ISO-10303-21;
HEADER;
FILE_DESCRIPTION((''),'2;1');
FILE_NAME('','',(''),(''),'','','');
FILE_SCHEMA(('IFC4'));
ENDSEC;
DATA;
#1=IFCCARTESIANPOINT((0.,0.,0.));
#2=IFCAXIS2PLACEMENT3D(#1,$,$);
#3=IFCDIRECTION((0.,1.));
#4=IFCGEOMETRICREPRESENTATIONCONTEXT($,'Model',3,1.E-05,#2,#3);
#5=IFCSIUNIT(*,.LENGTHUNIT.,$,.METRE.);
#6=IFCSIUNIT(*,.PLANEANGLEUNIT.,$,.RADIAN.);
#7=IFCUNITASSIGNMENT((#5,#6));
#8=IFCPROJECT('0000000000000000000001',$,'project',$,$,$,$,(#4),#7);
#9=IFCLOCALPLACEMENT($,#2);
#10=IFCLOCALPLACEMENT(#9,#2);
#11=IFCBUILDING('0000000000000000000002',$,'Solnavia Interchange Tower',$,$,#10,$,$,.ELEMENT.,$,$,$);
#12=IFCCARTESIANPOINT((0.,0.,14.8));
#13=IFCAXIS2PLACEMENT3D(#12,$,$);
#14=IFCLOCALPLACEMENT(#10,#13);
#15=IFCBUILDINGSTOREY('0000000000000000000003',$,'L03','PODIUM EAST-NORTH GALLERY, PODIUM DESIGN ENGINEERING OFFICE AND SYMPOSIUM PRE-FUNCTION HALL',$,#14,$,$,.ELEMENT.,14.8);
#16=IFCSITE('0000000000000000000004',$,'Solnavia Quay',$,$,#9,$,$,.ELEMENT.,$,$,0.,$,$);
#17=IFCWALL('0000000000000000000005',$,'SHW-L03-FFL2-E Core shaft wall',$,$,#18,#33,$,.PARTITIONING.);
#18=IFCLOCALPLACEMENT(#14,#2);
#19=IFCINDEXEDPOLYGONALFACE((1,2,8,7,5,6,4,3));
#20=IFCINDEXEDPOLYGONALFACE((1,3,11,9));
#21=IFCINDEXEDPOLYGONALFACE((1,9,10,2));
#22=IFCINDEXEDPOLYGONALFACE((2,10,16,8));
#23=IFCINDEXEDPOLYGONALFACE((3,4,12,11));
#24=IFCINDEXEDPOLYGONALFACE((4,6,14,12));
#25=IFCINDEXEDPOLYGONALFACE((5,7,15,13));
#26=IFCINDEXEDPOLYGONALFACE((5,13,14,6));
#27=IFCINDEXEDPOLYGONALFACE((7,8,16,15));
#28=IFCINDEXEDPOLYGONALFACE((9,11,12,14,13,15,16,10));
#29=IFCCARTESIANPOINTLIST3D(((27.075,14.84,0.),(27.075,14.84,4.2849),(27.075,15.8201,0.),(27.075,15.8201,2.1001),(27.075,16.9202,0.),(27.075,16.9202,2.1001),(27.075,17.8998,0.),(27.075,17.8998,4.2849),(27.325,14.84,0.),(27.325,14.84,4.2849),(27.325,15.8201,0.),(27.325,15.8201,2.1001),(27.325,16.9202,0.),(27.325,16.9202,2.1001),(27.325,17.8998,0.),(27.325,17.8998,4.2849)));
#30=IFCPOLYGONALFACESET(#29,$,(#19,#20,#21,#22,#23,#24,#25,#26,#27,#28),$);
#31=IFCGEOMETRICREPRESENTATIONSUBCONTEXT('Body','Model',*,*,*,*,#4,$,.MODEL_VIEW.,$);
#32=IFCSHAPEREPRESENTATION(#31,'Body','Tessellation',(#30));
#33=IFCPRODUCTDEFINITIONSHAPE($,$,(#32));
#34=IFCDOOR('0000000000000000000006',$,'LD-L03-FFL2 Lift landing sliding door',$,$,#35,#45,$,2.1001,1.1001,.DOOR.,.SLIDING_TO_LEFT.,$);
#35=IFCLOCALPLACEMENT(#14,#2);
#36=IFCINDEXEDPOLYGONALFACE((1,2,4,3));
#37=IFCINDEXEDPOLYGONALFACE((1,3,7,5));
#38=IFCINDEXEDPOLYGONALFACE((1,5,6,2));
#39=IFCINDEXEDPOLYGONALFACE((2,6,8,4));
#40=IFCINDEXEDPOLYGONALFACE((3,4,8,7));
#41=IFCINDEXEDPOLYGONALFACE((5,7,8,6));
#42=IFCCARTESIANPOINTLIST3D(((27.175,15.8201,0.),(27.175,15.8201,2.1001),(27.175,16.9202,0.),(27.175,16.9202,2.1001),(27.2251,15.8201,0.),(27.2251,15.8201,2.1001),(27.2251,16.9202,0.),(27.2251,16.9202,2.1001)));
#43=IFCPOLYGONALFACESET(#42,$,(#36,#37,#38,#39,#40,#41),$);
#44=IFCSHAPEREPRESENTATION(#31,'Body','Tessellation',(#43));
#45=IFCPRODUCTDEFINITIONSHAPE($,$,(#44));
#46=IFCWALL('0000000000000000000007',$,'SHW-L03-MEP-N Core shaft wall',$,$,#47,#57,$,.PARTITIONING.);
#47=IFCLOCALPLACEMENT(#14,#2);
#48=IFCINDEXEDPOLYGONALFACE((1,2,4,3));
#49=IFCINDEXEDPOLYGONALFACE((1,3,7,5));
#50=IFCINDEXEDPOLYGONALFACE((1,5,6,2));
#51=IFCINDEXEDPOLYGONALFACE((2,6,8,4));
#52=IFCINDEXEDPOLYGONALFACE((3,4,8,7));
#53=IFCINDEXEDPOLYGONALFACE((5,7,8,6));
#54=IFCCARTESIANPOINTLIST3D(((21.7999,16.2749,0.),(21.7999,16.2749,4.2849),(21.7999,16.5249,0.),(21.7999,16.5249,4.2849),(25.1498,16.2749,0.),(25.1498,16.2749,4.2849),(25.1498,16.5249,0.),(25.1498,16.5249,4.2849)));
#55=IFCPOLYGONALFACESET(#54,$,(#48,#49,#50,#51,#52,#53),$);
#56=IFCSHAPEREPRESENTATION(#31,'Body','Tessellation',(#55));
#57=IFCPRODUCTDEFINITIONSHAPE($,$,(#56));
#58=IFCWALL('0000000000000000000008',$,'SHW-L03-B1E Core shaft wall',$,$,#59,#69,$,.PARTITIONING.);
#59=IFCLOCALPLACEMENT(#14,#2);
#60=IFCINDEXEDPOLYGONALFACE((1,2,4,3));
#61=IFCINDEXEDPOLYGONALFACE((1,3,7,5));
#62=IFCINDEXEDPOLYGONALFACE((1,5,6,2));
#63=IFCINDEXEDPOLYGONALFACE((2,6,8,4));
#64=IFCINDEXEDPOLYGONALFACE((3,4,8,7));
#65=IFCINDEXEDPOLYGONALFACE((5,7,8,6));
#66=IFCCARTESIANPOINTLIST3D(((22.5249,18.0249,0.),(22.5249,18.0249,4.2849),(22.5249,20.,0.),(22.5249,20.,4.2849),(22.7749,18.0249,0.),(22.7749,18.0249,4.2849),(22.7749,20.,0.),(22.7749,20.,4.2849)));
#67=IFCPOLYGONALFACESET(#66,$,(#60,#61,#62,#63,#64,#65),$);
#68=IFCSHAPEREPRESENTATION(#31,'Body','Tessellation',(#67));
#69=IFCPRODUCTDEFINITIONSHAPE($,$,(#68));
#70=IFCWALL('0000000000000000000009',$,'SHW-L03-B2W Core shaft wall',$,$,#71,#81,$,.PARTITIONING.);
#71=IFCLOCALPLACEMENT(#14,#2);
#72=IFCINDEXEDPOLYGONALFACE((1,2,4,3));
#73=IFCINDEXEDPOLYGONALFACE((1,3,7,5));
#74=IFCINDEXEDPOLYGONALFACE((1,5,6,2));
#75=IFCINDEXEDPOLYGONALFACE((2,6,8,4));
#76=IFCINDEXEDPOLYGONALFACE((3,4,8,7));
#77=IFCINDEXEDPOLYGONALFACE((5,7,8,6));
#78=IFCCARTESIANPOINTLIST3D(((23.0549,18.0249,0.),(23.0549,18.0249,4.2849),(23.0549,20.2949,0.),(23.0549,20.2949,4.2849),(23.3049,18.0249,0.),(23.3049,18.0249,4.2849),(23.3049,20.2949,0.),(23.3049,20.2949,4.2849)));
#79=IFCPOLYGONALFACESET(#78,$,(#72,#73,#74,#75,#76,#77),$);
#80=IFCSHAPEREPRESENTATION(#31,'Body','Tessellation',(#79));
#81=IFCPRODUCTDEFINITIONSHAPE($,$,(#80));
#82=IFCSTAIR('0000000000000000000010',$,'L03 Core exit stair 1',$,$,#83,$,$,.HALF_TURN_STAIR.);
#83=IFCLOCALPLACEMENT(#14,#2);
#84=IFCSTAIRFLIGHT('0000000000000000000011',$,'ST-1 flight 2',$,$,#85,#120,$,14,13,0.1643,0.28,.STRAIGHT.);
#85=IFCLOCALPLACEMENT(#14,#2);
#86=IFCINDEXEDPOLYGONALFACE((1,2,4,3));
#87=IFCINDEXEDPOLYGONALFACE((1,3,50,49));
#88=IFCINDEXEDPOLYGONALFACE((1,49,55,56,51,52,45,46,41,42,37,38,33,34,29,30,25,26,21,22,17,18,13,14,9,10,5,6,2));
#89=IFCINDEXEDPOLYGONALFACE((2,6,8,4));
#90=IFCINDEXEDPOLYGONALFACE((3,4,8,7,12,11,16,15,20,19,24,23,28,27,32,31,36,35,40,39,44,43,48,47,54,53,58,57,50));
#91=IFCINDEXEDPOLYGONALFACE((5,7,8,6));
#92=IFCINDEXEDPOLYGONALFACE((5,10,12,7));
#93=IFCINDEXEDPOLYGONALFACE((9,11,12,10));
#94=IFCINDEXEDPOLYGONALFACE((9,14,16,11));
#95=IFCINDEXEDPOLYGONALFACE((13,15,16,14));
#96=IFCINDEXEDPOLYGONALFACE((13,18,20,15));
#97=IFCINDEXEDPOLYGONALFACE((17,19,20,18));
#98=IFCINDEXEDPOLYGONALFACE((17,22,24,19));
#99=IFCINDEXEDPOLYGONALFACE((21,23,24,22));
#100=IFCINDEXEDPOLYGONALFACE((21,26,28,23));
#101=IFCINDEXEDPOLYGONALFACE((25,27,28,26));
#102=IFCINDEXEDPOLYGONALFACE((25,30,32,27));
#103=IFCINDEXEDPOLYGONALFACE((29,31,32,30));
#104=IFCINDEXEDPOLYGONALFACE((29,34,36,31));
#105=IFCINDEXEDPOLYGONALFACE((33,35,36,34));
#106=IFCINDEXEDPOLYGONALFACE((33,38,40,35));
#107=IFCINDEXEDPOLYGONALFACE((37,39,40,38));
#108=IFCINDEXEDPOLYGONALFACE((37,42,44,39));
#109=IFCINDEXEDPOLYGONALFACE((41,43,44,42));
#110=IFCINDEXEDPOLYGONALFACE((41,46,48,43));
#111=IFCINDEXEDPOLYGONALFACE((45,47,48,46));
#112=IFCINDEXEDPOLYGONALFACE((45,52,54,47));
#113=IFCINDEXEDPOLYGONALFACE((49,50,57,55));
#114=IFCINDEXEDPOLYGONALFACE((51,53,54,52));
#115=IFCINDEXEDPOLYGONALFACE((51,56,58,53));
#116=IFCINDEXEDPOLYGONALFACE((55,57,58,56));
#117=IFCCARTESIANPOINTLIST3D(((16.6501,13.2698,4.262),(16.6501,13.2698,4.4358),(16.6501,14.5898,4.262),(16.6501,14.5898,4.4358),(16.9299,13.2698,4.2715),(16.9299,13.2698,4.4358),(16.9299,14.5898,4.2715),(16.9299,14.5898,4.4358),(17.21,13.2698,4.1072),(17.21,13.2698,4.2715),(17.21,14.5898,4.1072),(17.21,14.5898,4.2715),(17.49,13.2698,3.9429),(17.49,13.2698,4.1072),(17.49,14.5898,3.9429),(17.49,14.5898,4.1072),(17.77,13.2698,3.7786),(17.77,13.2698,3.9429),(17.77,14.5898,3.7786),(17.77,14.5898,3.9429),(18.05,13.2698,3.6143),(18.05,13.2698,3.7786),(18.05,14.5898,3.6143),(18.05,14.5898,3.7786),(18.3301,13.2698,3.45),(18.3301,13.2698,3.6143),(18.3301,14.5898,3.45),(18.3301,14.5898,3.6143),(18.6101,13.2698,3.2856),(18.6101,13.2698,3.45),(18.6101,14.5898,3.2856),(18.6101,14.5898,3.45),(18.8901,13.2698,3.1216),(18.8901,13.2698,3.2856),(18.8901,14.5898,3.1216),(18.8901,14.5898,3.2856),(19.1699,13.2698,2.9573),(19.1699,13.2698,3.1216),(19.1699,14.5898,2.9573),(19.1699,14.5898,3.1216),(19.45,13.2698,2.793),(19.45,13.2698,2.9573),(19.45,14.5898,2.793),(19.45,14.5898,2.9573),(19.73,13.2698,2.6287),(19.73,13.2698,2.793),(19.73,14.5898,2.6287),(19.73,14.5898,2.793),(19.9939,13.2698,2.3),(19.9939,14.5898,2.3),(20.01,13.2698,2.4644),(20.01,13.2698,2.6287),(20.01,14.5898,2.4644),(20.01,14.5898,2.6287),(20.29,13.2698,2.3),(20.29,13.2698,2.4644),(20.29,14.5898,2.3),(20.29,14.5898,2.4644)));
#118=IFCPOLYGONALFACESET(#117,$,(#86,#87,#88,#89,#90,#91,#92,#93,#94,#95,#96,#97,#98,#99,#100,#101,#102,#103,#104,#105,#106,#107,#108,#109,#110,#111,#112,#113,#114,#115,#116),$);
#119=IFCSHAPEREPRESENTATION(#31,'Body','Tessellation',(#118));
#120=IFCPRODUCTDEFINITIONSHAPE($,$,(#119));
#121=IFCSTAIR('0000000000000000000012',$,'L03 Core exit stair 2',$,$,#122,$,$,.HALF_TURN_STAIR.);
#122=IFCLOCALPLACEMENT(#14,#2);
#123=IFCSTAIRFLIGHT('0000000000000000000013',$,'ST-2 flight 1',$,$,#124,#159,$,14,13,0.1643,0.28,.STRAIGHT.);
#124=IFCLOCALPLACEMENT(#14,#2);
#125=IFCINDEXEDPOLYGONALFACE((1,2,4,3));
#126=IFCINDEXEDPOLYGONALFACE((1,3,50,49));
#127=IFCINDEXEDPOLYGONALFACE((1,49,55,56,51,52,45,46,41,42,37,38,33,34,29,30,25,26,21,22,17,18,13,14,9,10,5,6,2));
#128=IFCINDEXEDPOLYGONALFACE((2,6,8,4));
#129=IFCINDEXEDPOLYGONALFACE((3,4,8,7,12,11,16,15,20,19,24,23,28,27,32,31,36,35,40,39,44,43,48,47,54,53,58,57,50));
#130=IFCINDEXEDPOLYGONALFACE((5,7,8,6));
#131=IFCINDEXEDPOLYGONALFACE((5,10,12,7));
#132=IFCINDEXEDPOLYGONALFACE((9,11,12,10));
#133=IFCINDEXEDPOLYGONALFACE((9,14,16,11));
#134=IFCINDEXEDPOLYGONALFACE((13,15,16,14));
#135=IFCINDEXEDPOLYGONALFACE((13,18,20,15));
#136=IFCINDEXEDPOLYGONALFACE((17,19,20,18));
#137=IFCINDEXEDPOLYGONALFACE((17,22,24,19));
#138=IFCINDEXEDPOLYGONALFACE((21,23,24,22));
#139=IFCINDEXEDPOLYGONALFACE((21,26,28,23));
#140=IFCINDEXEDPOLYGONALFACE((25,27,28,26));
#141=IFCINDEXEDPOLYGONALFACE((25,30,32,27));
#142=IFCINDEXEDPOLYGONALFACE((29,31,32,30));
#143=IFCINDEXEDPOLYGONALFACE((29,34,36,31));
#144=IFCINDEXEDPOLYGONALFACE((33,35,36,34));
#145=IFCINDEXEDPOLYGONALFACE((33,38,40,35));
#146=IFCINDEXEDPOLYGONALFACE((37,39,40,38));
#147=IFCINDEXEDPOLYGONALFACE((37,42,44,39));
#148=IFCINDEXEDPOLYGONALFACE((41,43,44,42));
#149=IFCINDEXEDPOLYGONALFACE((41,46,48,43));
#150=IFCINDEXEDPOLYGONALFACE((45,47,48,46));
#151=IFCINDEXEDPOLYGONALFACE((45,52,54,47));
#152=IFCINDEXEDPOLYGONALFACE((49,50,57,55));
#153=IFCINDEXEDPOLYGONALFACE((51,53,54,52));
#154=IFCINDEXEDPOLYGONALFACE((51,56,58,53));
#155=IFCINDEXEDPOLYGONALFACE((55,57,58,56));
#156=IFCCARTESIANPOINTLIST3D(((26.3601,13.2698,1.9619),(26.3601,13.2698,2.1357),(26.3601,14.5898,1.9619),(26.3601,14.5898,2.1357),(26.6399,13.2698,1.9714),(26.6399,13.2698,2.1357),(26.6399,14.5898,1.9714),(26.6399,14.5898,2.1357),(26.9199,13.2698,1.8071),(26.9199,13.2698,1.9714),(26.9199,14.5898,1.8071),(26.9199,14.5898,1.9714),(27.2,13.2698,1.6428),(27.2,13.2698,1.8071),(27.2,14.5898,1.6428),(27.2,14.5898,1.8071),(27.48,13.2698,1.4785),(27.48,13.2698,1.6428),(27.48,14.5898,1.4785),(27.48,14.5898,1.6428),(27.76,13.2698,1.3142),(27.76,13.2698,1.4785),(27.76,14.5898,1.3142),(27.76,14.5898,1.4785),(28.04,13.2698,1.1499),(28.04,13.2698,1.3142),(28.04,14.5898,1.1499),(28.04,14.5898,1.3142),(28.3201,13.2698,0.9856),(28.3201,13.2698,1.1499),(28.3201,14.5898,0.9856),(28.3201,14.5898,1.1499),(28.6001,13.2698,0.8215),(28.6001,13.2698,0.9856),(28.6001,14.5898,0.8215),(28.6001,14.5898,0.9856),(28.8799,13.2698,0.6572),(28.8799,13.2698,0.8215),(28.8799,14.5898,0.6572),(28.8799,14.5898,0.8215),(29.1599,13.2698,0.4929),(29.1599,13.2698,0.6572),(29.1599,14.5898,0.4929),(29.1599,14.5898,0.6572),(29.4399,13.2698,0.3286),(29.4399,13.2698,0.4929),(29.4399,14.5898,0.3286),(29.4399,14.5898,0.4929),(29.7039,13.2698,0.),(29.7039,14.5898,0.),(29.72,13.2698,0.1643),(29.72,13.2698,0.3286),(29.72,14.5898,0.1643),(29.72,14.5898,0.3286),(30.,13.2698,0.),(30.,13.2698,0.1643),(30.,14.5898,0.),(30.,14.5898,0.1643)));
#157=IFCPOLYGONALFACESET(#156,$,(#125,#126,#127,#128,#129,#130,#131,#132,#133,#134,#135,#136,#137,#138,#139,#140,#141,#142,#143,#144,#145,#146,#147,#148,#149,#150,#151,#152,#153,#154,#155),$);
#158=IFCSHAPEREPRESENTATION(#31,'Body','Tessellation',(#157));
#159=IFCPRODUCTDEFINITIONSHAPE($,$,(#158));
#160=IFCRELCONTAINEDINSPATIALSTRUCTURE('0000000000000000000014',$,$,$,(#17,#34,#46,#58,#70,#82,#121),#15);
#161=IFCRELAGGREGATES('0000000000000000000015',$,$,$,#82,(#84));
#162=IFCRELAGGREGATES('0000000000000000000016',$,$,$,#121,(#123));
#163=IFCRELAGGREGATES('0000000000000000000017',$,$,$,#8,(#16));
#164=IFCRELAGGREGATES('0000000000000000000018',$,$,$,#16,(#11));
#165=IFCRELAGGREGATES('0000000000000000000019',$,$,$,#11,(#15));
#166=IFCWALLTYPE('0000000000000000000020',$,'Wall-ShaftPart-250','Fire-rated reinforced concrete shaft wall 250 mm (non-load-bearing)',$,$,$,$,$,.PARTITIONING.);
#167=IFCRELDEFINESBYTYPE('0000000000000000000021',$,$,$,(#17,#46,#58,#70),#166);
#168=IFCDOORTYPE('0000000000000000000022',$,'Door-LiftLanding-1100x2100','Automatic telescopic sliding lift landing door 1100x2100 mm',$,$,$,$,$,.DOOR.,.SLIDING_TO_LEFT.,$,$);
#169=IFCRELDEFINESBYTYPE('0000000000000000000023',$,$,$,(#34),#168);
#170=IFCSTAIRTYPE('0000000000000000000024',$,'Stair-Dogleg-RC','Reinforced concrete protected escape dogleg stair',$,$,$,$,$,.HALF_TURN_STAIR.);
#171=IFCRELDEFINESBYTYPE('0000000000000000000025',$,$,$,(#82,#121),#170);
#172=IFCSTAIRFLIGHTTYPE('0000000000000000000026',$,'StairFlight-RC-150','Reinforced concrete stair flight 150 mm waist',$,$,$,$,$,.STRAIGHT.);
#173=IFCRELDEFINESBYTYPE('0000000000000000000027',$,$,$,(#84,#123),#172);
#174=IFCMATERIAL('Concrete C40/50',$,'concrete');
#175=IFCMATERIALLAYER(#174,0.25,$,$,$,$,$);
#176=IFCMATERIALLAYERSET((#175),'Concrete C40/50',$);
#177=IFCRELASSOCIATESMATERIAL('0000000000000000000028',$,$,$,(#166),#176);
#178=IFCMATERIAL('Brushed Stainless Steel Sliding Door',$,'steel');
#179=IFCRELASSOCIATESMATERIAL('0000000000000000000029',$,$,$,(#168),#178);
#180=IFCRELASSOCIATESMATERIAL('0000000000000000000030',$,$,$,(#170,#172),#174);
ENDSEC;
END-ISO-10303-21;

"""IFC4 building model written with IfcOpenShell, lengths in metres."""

from ifc_helpers import new_model, si_unit, direction, frame, frame_2d, origin, place, context, subcontext, project, spatial, polyline, rectangle, outline, extrude, material, layer, layer_set, type_object, element, fill, aggregate, save


model = new_model("IFC4")

# Units and contexts
model_context = context("Model", 3, precision=1e-05, world=origin(), true_north=direction((0.0, 1.0)))
body_context = subcontext(model_context, "Body", "Model", "MODEL_VIEW")
ifc_project = project(units=[si_unit("LENGTHUNIT", "METRE"), si_unit("PLANEANGLEUNIT", "RADIAN")], contexts=[model_context])

# Site, building, storey
site_placement = place(None, origin())
site = spatial("IfcSite", under=ifc_project, at=site_placement, Name="Solnavia Quay", CompositionType="ELEMENT", RefElevation=0.0)
building_placement = place(site_placement, origin())
building = spatial("IfcBuilding", under=site, at=building_placement, Name="Solnavia Interchange Tower", CompositionType="ELEMENT")
storey_placement = place(building_placement, frame((0.0, 0.0, 14.8)))
storey = spatial("IfcBuildingStorey", under=building, at=storey_placement, Name="L03", Description="PODIUM EAST-NORTH GALLERY, PODIUM DESIGN ENGINEERING OFFICE AND SYMPOSIUM PRE-FUNCTION HALL", CompositionType="ELEMENT", Elevation=14.8)

# Shared definitions
ifc_material_1 = material(Name="Concrete C40/50", Category="concrete")
ifc_layer_1 = layer(ifc_material_1, 0.25)
ifc_layer_set_1 = layer_set([ifc_layer_1], Name="Concrete C40/50")
wall_type_1 = type_object("IfcWallType", Name="Wall-ShaftPart-250", Description="Fire-rated reinforced concrete shaft wall 250 mm (non-load-bearing)", PredefinedType="PARTITIONING", material=ifc_layer_set_1)
ifc_material_2 = material(Name="Brushed Stainless Steel Sliding Door", Category="steel")
door_type_1 = type_object("IfcDoorType", Name="Door-LiftLanding-1100x2100", Description="Automatic telescopic sliding lift landing door 1100x2100 mm", OperationType="SLIDING_TO_LEFT", PredefinedType="DOOR", material=ifc_material_2)

# Wall, opening, door
wall_1_placement = place(storey_placement, frame((27.2, 14.8401, 0.0), z_axis=(0.0, 0.0, 1.0), x_axis=(0.0, 1.0, 0.0)))
wall_1 = element("IfcWall", 1, at=wall_1_placement, inside=storey, type_object=wall_type_1, Name="SHW-L03-FFL2-E Core shaft wall", PredefinedType="PARTITIONING", context=body_context, shape_type="SweptSolid", body=[
    extrude(rectangle(XDim=3.0598, YDim=0.25, at=frame_2d((1.5298, 0.0))), origin(), (0.0, 0.0, 1.0), 4.2849),
])
opening_1_placement = place(wall_1_placement, frame((0.98, 0.0, 0.0)))
opening_1 = element("IfcOpeningElement", 2, at=opening_1_placement, cuts=wall_1, PredefinedType="OPENING", context=body_context, shape_type="SweptSolid", body=[
    extrude(rectangle(XDim=1.1001, YDim=2.1001, at=frame_2d((0.55, 1.05))), frame((0.0, 0.135, 0.0), z_axis=(0.0, -1.0, 0.0), x_axis=(1.0, 0.0, 0.0)), (0.0, 0.0, 1.0), 0.27),
])
door_1_placement = place(opening_1_placement, origin())
door_1 = element("IfcDoor", 3, at=door_1_placement, inside=storey, type_object=door_type_1, Name="LD-L03-FFL2 Lift landing sliding door", OperationType="SLIDING_TO_LEFT", OverallHeight=2.1001, OverallWidth=1.1001, PredefinedType="DOOR", context=body_context, shape_type="SweptSolid", body=[
    extrude(rectangle(XDim=1.1001, YDim=2.1001, at=frame_2d((0.55, 1.05))), frame((0.0, 0.0249, 0.0), z_axis=(0.0, -1.0, 0.0), x_axis=(1.0, 0.0, 0.0)), (0.0, 0.0, 1.0), 0.05),
])
fill(opening_1, door_1)

# Walls
wall_2_placement = place(storey_placement, frame((21.8, 16.3999, 0.0), z_axis=(0.0, 0.0, 1.0), x_axis=(1.0, 0.0, 0.0)))
element("IfcWall", 4, at=wall_2_placement, inside=storey, type_object=wall_type_1, Name="SHW-L03-MEP-N Core shaft wall", PredefinedType="PARTITIONING", context=body_context, shape_type="SweptSolid", body=[
    extrude(rectangle(XDim=3.3499, YDim=0.25, at=frame_2d((1.6748, 0.0))), origin(), (0.0, 0.0, 1.0), 4.2849),
])
wall_3_placement = place(storey_placement, frame((22.6499, 18.0249, 0.0), z_axis=(0.0, 0.0, 1.0), x_axis=(0.0, 1.0, 0.0)))
element("IfcWall", 5, at=wall_3_placement, inside=storey, type_object=wall_type_1, Name="SHW-L03-B1E Core shaft wall", PredefinedType="PARTITIONING", context=body_context, shape_type="SweptSolid", body=[
    extrude(rectangle(XDim=1.9751, YDim=0.25, at=frame_2d((0.9875, 0.0))), origin(), (0.0, 0.0, 1.0), 4.2849),
])
wall_4_placement = place(storey_placement, frame((23.1799, 18.0249, 0.0), z_axis=(0.0, 0.0, 1.0), x_axis=(0.0, 1.0, 0.0)))
element("IfcWall", 6, at=wall_4_placement, inside=storey, type_object=wall_type_1, Name="SHW-L03-B2W Core shaft wall", PredefinedType="PARTITIONING", context=body_context, shape_type="SweptSolid", body=[
    extrude(rectangle(XDim=2.27, YDim=0.25, at=frame_2d((1.135, 0.0))), origin(), (0.0, 0.0, 1.0), 4.2849),
])

# Stairs, stair flights
stair_type = type_object("IfcStairType", Name="Stair-Dogleg-RC", Description="Reinforced concrete protected escape dogleg stair", PredefinedType="HALF_TURN_STAIR", material=ifc_material_1)
stair_1_placement = place(storey_placement, origin())
stair_1 = element("IfcStair", 7, at=stair_1_placement, inside=storey, type_object=stair_type, Name="L03 Core exit stair 1", PredefinedType="HALF_TURN_STAIR")
stair_flight_type = type_object("IfcStairFlightType", Name="StairFlight-RC-150", Description="Reinforced concrete stair flight 150 mm waist", PredefinedType="STRAIGHT", material=ifc_material_1)
stair_flight_1_placement = place(storey_placement, frame((20.29, 13.9299, 2.3), z_axis=(0.0, 0.0, 1.0), x_axis=(-1.0, 0.0, 0.0)))
stair_flight_1 = element("IfcStairFlight", 8, at=stair_flight_1_placement, type_object=stair_flight_type, Name="ST-1 flight 2", NumberOfRisers=14, NumberOfTreads=13, PredefinedType="STRAIGHT", RiserHeight=0.1643, TreadLength=0.28, context=body_context, shape_type="SweptSolid", body=[
    extrude(outline(polyline([(0.0, 0.0), (0.0, 0.1643), (0.28, 0.1643), (0.28, 0.3286), (0.5601, 0.3286), (0.5601, 0.4929), (0.8401, 0.4929), (0.8401, 0.6572), (1.1201, 0.6572), (1.1201, 0.8215), (1.3999, 0.8215), (1.3999, 0.9856), (1.6799, 0.9856), (1.6799, 1.1499), (1.96, 1.1499), (1.96, 1.3142), (2.24, 1.3142), (2.24, 1.4785), (2.52, 1.4785), (2.52, 1.6428), (2.8, 1.6428), (2.8, 1.8071), (3.0801, 1.8071), (3.0801, 1.9714), (3.3601, 1.9714), (3.3601, 2.1357), (3.6399, 2.1357), (3.6399, 2.3), (3.6399, 1.9619), (0.2961, 0.0), (0.0, 0.0)])), frame((0.0, 0.6602, 0.0), z_axis=(0.0, -1.0, 0.0), x_axis=(1.0, 0.0, 0.0)), (0.0, 0.0, 1.0), 1.3201),
])
aggregate(stair_1, [stair_flight_1])
stair_2_placement = place(storey_placement, origin())
stair_2 = element("IfcStair", 9, at=stair_2_placement, inside=storey, type_object=stair_type, Name="L03 Core exit stair 2", PredefinedType="HALF_TURN_STAIR")
stair_flight_2_placement = place(storey_placement, frame((30.0, 13.9299, 0.0), z_axis=(0.0, 0.0, 1.0), x_axis=(-1.0, 0.0, 0.0)))
stair_flight_2 = element("IfcStairFlight", 10, at=stair_flight_2_placement, type_object=stair_flight_type, Name="ST-2 flight 1", NumberOfRisers=14, NumberOfTreads=13, PredefinedType="STRAIGHT", RiserHeight=0.1643, TreadLength=0.28, context=body_context, shape_type="SweptSolid", body=[
    extrude(outline(polyline([(0.0, 0.0), (0.0, 0.1643), (0.28, 0.1643), (0.28, 0.3286), (0.5601, 0.3286), (0.5601, 0.4929), (0.8401, 0.4929), (0.8401, 0.6572), (1.1201, 0.6572), (1.1201, 0.8215), (1.3999, 0.8215), (1.3999, 0.9856), (1.6799, 0.9856), (1.6799, 1.1499), (1.96, 1.1499), (1.96, 1.3142), (2.24, 1.3142), (2.24, 1.4785), (2.52, 1.4785), (2.52, 1.6428), (2.8, 1.6428), (2.8, 1.8071), (3.0801, 1.8071), (3.0801, 1.9714), (3.3601, 1.9714), (3.3601, 2.1357), (3.6399, 2.1357), (3.6399, 2.3), (3.6399, 1.9619), (0.2961, 0.0), (0.0, 0.0)])), frame((0.0, 0.6602, 0.0), z_axis=(0.0, -1.0, 0.0), x_axis=(1.0, 0.0, 0.0)), (0.0, 0.0, 1.0), 1.3201),
])
aggregate(stair_2, [stair_flight_2])

save(model, "model.ifc")
